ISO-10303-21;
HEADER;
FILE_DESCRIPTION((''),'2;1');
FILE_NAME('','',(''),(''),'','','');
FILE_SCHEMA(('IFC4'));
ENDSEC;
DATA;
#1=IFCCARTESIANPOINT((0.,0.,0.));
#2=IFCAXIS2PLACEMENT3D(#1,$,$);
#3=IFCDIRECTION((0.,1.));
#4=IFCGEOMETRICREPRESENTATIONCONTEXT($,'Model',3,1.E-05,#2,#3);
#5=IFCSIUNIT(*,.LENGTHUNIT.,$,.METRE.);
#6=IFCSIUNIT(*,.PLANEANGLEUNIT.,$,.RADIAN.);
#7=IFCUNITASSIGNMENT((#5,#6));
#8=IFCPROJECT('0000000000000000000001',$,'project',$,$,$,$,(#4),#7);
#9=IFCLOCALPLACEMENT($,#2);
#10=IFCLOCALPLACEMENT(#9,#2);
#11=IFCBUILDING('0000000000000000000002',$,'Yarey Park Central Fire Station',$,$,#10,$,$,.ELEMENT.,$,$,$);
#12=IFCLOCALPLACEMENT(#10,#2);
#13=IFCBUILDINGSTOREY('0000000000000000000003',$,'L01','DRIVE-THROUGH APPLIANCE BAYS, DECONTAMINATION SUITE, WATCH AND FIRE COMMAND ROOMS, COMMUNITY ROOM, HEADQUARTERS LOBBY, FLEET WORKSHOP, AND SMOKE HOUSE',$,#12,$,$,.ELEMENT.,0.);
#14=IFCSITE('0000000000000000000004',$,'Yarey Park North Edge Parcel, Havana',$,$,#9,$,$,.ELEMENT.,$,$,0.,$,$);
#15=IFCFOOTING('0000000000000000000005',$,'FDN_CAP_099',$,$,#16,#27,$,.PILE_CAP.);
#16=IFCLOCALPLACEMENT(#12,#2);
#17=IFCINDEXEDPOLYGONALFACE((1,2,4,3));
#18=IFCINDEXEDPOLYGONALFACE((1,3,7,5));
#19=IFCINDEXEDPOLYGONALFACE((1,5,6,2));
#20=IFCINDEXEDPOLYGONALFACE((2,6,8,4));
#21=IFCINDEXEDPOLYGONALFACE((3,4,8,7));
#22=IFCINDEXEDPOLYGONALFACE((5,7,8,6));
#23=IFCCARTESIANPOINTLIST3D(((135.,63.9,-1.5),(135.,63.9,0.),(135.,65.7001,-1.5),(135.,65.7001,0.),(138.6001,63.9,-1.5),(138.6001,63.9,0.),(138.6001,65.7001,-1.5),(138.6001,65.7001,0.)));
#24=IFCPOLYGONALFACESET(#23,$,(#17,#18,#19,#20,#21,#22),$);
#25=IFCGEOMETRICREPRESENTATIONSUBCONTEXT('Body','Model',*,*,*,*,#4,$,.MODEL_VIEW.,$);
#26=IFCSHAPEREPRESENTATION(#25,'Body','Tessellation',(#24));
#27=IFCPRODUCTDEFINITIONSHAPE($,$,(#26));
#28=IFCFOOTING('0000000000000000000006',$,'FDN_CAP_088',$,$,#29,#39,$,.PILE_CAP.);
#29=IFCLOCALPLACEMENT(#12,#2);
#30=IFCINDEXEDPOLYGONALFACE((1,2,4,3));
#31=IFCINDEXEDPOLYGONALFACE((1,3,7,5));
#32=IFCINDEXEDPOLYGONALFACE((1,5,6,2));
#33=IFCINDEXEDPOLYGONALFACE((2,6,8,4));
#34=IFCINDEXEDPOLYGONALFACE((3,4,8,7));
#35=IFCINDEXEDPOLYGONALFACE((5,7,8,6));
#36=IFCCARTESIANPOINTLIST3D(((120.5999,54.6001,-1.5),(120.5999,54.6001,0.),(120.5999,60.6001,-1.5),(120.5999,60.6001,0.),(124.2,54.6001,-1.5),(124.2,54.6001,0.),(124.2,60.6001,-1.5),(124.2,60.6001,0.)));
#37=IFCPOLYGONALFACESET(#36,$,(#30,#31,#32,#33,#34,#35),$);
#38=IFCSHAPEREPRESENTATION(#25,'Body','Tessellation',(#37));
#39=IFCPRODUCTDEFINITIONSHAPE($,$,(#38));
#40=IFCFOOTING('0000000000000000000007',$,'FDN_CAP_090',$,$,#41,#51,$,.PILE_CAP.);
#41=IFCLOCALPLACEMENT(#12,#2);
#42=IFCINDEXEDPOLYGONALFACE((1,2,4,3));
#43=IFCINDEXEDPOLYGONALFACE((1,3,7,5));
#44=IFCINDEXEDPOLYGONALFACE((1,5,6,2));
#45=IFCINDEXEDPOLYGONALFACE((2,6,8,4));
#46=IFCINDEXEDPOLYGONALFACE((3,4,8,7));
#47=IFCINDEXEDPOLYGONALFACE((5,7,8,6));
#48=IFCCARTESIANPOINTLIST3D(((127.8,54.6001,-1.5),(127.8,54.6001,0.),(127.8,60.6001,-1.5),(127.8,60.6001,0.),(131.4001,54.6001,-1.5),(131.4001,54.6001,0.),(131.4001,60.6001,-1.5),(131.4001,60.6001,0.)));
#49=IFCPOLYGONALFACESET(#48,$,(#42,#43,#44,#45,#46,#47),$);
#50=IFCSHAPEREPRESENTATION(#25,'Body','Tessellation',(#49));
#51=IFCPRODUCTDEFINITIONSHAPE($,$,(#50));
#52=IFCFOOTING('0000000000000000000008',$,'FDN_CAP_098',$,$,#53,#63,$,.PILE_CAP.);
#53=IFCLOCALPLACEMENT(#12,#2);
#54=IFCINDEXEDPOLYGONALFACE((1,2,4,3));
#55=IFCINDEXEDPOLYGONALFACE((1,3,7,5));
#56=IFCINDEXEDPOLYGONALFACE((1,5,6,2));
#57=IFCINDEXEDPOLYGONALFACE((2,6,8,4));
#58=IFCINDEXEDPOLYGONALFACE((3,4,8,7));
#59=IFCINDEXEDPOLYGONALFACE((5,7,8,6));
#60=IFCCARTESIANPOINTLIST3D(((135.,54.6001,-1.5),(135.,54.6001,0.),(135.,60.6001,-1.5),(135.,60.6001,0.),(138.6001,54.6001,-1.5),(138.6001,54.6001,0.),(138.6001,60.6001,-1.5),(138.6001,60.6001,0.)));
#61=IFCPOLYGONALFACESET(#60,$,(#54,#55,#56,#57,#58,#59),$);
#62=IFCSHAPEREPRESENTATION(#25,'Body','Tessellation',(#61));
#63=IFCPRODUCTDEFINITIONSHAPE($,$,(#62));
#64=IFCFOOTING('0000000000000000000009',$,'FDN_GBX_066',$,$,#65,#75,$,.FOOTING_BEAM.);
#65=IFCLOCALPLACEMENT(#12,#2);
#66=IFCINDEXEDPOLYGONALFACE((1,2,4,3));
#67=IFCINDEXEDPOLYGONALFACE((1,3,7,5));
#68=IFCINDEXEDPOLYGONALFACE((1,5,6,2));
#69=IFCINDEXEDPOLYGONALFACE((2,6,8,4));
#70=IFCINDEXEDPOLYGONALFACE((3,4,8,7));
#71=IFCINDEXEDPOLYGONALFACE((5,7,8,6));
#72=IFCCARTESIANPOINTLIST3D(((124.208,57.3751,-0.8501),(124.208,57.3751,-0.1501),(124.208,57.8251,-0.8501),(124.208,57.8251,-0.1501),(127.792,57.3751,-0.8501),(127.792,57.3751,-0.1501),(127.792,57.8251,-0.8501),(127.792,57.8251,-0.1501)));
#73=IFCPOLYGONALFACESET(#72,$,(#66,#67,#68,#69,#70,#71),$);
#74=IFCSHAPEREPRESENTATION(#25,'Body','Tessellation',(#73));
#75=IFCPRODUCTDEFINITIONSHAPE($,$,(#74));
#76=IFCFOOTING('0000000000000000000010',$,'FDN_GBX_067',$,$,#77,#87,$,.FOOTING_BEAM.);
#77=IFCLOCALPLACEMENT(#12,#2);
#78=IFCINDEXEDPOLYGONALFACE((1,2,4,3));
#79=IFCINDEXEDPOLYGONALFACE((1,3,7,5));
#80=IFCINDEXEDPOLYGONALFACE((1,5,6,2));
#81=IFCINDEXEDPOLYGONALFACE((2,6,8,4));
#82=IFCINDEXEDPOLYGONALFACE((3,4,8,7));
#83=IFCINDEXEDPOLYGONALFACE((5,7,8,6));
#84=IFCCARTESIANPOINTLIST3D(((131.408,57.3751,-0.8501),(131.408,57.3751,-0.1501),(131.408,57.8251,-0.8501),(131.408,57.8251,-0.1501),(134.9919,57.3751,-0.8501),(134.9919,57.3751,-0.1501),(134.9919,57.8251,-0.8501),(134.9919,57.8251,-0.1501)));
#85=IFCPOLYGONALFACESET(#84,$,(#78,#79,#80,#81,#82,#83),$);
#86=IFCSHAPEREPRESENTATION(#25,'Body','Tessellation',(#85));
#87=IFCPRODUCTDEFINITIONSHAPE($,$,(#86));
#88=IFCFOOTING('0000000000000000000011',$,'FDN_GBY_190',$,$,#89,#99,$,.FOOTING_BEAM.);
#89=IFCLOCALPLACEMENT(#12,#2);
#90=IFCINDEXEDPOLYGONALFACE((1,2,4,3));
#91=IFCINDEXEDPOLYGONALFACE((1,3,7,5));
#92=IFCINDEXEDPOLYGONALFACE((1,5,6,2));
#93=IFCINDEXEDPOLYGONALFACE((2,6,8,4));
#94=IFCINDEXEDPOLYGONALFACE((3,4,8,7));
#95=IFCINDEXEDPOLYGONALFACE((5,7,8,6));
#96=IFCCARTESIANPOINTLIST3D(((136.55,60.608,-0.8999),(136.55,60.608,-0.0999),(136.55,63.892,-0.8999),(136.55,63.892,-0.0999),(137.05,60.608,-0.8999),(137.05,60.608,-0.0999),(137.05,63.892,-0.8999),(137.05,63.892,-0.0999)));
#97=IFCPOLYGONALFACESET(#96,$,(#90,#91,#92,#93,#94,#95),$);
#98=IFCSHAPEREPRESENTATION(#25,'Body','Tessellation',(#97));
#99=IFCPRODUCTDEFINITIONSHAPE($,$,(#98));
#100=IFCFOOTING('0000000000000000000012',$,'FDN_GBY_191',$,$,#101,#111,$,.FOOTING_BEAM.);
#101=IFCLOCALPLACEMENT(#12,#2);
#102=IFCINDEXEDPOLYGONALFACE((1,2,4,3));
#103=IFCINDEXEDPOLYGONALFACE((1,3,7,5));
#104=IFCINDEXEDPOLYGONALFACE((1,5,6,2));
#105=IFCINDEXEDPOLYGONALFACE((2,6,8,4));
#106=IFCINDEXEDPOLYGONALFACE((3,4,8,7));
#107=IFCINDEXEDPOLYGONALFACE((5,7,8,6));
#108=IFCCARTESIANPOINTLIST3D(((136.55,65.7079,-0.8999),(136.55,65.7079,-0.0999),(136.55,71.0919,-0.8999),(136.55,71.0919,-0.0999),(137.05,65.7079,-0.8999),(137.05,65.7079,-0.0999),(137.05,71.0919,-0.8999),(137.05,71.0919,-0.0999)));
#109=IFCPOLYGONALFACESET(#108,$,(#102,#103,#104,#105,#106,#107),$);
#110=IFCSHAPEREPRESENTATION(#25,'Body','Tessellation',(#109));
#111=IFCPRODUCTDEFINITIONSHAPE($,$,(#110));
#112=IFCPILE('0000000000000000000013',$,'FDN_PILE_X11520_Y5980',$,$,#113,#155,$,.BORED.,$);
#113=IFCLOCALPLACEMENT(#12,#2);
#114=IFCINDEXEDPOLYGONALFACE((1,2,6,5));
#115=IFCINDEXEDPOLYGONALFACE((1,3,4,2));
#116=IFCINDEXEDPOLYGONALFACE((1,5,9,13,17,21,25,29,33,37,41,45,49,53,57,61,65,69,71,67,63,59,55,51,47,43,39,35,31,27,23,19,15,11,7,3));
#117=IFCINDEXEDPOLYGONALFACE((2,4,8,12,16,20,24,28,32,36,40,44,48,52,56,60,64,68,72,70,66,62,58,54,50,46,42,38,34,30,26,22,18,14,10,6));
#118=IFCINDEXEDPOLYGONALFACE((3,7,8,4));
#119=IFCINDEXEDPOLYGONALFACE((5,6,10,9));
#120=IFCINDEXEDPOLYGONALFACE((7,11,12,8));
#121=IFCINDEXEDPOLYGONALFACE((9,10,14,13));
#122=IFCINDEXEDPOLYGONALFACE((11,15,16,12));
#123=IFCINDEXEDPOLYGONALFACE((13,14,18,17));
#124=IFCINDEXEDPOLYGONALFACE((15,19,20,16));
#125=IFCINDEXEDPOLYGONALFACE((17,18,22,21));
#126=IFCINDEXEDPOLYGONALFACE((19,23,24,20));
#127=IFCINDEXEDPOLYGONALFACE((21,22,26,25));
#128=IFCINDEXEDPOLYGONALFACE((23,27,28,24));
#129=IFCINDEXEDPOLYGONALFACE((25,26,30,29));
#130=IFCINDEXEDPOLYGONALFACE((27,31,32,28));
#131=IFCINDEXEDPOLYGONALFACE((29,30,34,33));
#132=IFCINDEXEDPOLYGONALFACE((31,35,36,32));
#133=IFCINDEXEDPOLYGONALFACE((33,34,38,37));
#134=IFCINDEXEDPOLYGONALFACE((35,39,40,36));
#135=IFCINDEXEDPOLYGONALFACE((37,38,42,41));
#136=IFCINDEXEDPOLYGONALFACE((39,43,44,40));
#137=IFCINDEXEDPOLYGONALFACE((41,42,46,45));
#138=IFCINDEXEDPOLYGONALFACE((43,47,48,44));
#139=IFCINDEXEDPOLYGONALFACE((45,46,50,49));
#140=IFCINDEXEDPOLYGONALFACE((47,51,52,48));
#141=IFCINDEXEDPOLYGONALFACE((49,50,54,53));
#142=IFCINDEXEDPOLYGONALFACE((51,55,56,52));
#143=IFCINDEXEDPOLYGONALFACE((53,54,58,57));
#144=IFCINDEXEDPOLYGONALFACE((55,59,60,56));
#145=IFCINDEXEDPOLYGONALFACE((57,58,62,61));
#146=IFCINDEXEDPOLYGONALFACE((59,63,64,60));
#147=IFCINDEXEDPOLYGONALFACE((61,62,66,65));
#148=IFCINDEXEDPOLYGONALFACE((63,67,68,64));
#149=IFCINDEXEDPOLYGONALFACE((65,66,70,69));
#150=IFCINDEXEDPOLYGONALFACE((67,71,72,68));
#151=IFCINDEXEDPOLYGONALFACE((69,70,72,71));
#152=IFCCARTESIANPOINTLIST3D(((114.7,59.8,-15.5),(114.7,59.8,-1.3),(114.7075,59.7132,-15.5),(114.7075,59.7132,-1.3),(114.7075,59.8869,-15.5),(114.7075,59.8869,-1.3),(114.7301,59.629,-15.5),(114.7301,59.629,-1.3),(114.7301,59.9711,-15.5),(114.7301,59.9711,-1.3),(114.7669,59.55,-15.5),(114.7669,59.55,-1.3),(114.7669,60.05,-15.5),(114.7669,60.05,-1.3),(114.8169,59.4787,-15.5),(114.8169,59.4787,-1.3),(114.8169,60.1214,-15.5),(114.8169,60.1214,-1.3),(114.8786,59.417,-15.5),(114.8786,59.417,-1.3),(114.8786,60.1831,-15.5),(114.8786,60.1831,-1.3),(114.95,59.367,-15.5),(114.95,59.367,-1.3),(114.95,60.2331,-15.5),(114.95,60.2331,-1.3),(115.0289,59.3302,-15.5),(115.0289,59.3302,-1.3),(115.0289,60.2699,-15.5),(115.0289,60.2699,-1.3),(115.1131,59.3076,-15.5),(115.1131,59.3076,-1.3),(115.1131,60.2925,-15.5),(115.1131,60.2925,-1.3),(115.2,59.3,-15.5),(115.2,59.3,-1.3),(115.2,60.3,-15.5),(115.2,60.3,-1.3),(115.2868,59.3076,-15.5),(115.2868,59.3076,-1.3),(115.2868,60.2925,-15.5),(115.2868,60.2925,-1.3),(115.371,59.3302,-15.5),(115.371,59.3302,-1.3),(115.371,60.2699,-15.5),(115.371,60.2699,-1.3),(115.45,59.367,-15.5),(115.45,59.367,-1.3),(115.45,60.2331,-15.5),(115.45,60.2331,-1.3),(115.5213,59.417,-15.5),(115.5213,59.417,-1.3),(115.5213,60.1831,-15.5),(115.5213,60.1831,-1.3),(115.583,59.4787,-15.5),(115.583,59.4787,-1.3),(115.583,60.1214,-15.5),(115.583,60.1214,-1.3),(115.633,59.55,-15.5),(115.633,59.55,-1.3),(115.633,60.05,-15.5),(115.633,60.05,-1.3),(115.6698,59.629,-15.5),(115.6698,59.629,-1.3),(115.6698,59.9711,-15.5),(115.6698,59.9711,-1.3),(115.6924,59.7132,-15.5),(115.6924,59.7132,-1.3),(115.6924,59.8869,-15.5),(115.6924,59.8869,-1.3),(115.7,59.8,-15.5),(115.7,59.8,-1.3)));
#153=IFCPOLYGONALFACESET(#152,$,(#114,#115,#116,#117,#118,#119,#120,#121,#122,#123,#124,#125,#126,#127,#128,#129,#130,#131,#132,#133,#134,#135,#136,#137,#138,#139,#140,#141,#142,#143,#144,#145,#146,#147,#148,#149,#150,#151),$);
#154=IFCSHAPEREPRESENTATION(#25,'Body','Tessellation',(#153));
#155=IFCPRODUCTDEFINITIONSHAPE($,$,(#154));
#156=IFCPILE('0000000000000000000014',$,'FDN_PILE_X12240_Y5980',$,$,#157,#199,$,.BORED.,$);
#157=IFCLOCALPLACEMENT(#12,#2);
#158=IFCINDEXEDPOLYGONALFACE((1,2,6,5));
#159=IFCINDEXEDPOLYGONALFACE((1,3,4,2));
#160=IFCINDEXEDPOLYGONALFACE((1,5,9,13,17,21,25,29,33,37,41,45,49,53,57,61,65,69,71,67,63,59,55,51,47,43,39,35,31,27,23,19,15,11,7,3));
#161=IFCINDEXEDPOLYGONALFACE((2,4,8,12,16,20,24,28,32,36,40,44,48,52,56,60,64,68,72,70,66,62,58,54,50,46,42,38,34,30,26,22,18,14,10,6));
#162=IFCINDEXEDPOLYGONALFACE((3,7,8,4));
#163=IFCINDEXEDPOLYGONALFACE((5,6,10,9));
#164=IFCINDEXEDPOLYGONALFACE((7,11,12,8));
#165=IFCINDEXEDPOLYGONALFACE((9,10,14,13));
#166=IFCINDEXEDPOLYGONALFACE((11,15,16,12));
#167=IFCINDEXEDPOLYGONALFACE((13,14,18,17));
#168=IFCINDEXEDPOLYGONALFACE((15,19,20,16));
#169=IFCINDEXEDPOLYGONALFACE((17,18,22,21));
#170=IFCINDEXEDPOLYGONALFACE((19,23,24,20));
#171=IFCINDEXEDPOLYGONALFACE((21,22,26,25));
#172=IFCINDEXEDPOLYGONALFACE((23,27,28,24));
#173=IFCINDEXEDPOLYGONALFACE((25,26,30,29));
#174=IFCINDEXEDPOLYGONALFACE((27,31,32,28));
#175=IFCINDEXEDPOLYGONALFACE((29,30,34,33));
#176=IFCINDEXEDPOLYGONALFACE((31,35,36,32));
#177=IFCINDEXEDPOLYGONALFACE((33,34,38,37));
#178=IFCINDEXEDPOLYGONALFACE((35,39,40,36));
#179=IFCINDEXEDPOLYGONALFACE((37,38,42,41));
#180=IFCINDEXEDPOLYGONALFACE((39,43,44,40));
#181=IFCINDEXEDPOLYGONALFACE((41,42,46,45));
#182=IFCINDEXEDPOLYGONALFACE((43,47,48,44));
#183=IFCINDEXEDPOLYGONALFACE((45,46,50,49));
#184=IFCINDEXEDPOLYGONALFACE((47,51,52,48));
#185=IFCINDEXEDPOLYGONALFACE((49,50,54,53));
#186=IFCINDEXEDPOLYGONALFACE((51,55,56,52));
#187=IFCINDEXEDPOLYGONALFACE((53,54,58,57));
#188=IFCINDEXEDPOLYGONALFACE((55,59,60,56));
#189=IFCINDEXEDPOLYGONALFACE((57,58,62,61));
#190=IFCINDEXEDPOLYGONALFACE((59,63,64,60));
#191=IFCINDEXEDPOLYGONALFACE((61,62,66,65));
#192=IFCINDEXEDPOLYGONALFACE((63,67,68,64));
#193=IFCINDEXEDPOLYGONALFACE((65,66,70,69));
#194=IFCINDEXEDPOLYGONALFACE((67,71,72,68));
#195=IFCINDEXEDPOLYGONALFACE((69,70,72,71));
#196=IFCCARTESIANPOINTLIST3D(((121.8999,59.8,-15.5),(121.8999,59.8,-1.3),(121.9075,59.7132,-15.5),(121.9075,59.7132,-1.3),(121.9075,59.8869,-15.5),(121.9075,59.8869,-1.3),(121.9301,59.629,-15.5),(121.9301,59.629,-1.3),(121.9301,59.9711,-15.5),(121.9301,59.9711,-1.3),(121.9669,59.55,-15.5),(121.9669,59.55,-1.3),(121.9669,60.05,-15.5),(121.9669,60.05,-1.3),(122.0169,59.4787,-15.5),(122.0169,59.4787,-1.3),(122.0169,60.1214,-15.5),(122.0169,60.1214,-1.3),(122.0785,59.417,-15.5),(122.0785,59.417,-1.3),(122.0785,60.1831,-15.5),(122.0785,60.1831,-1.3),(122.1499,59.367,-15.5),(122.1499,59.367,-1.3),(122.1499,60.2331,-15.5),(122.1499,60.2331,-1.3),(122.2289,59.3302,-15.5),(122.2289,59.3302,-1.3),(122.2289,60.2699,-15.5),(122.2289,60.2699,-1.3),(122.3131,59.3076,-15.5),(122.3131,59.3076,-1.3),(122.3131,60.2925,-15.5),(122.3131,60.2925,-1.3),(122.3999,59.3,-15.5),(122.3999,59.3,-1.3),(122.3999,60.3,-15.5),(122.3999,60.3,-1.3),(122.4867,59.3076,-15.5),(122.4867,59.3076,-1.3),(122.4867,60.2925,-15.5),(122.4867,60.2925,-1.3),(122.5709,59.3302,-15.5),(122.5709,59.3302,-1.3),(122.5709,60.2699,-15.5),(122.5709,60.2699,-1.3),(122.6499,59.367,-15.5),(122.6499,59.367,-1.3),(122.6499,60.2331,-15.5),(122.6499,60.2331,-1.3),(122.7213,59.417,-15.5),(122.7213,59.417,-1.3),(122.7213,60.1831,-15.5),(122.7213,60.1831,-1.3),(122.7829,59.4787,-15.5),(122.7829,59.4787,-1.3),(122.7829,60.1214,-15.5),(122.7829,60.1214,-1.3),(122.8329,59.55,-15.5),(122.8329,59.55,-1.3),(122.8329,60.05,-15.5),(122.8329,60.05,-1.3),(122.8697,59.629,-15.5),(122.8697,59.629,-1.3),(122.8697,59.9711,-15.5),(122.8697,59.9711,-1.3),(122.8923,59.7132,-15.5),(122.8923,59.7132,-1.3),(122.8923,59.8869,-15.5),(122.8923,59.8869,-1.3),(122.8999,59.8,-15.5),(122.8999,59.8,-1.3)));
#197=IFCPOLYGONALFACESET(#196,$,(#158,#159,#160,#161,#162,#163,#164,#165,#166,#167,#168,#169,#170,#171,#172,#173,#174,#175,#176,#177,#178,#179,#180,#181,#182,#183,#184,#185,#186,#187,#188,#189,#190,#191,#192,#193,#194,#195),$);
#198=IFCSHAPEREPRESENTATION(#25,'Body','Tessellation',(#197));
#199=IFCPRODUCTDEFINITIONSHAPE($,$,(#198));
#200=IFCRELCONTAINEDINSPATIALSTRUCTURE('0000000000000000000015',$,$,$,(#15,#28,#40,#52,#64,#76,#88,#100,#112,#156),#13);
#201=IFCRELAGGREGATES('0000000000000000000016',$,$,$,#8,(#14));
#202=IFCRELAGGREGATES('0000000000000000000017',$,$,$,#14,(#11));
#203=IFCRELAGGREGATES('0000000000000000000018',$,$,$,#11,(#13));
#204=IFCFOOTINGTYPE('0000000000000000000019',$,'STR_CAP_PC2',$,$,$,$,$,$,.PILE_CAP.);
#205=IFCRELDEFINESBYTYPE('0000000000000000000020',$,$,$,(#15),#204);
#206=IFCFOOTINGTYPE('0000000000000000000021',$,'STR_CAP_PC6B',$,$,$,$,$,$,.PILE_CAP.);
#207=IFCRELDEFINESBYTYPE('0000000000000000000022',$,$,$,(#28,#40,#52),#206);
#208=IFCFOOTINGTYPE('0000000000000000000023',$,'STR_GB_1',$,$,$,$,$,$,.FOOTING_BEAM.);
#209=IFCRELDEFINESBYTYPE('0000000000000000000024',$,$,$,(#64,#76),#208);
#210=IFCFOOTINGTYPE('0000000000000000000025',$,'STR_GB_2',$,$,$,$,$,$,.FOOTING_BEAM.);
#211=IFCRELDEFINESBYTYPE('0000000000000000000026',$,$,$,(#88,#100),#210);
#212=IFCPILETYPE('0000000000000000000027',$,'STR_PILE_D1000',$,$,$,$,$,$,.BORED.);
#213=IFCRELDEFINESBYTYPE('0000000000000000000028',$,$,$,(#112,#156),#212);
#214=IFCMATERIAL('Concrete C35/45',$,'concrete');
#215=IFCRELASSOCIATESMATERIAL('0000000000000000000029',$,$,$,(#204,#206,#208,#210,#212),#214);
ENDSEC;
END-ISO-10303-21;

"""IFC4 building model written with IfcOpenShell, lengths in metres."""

from ifc_helpers import new_model, si_unit, direction, frame, origin, origin_2d, place, context, subcontext, project, spatial, rectangle, circle, extrude, material, material_profile, profile_set, type_object, element, save


model = new_model("IFC4")

# Units and contexts
model_context = context("Model", 3, precision=1e-05, world=origin(), true_north=direction((0.0, 1.0)))
body_context = subcontext(model_context, "Body", "Model", "MODEL_VIEW")
ifc_project = project(units=[si_unit("LENGTHUNIT", "METRE"), si_unit("PLANEANGLEUNIT", "RADIAN")], contexts=[model_context])

# Site, building, storey
site_placement = place(None, origin())
site = spatial("IfcSite", under=ifc_project, at=site_placement, Name="Yarey Park North Edge Parcel, Havana", CompositionType="ELEMENT", RefElevation=0.0)
building_placement = place(site_placement, origin())
building = spatial("IfcBuilding", under=site, at=building_placement, Name="Yarey Park Central Fire Station", CompositionType="ELEMENT")
storey_placement = place(building_placement, origin())
storey = spatial("IfcBuildingStorey", under=building, at=storey_placement, Name="L01", Description="DRIVE-THROUGH APPLIANCE BAYS, DECONTAMINATION SUITE, WATCH AND FIRE COMMAND ROOMS, COMMUNITY ROOM, HEADQUARTERS LOBBY, FLEET WORKSHOP, AND SMOKE HOUSE", CompositionType="ELEMENT", Elevation=0.0)

# Footings
ifc_material_1 = material(Name="Concrete C35/45", Category="concrete")
footing_type_1 = type_object("IfcFootingType", Name="STR_CAP_PC2", PredefinedType="PILE_CAP", material=ifc_material_1)
footing_1_placement = place(storey_placement, frame((136.8, 64.8, -1.5), z_axis=(0.0, 0.0, 1.0), x_axis=(1.0, 0.0, 0.0)))
element("IfcFooting", 1, at=footing_1_placement, inside=storey, type_object=footing_type_1, Name="FDN_CAP_099", PredefinedType="PILE_CAP", context=body_context, shape_type="SweptSolid", body=[
    extrude(rectangle(XDim=3.6001, YDim=1.8, at=origin_2d()), origin(), (0.0, 0.0, 1.0), 1.5),
])
footing_type_2 = type_object("IfcFootingType", Name="STR_CAP_PC6B", PredefinedType="PILE_CAP", material=ifc_material_1)
for number, where, z_axis, x_axis, name in (
    (2, (122.3999, 57.6001, -1.5), (0.0, 0.0, 1.0), (1.0, 0.0, 0.0), "FDN_CAP_088"),
    (3, (129.6001, 57.6001, -1.5), (0.0, 0.0, 1.0), (1.0, 0.0, 0.0), "FDN_CAP_090"),
    (4, (136.8, 57.6001, -1.5), (0.0, 0.0, 1.0), (1.0, 0.0, 0.0), "FDN_CAP_098"),
):
    element("IfcFooting", number, at=place(storey_placement, frame(where, z_axis=z_axis, x_axis=x_axis)), inside=storey, type_object=footing_type_2, Name=name, PredefinedType="PILE_CAP", context=body_context, shape_type="SweptSolid", body=[
        extrude(rectangle(XDim=3.6001, YDim=6.0, at=origin_2d()), origin(), (0.0, 0.0, 1.0), 1.5),
    ])
footing_type_3 = type_object("IfcFootingType", Name="STR_GB_1", PredefinedType="FOOTING_BEAM", material=ifc_material_1)
for number, where, z_axis, x_axis, name in (
    (5, (126.0, 57.6001, -0.8501), (0.0, 0.0, 1.0), (1.0, 0.0, 0.0), "FDN_GBX_066"),
    (6, (133.2, 57.6001, -0.8501), (0.0, 0.0, 1.0), (1.0, 0.0, 0.0), "FDN_GBX_067"),
):
    element("IfcFooting", number, at=place(storey_placement, frame(where, z_axis=z_axis, x_axis=x_axis)), inside=storey, type_object=footing_type_3, Name=name, PredefinedType="FOOTING_BEAM", context=body_context, shape_type="SweptSolid", body=[
        extrude(rectangle(XDim=3.584, YDim=0.45, at=origin_2d()), origin(), (0.0, 0.0, 1.0), 0.7),
    ])
footing_type_4 = type_object("IfcFootingType", Name="STR_GB_2", PredefinedType="FOOTING_BEAM", material=ifc_material_1)
footing_2_placement = place(storey_placement, frame((136.8, 62.25, -0.8999), z_axis=(0.0, 0.0, 1.0), x_axis=(1.0, 0.0, 0.0)))
element("IfcFooting", 7, at=footing_2_placement, inside=storey, type_object=footing_type_4, Name="FDN_GBY_190", PredefinedType="FOOTING_BEAM", context=body_context, shape_type="SweptSolid", body=[
    extrude(rectangle(XDim=0.5, YDim=3.2839, at=origin_2d()), origin(), (0.0, 0.0, 1.0), 0.8),
])
footing_3_placement = place(storey_placement, frame((136.8, 68.3999, -0.8999), z_axis=(0.0, 0.0, 1.0), x_axis=(1.0, 0.0, 0.0)))
element("IfcFooting", 8, at=footing_3_placement, inside=storey, type_object=footing_type_4, Name="FDN_GBY_191", PredefinedType="FOOTING_BEAM", context=body_context, shape_type="SweptSolid", body=[
    extrude(rectangle(XDim=0.5, YDim=5.384, at=origin_2d()), origin(), (0.0, 0.0, 1.0), 0.8),
])

# Piles
ifc_material_profile_1 = material_profile(ifc_material_1, circle(Radius=0.5, at=origin_2d()), Name="BORED PILE D1000")
ifc_profile_set_1 = profile_set([ifc_material_profile_1], Name="Concrete C35/45")
pile_type_1 = type_object("IfcPileType", Name="STR_PILE_D1000", PredefinedType="BORED", material=ifc_profile_set_1)
for number, where, z_axis, x_axis, name in (
    (9, (115.2, 59.8, -1.3), (0.0, 0.0, -1.0), (1.0, 0.0, 0.0), "FDN_PILE_X11520_Y5980"),
    (10, (122.3999, 59.8, -1.3), (0.0, 0.0, -1.0), (1.0, 0.0, 0.0), "FDN_PILE_X12240_Y5980"),
):
    element("IfcPile", number, at=place(storey_placement, frame(where, z_axis=z_axis, x_axis=x_axis)), inside=storey, type_object=pile_type_1, Name=name, PredefinedType="BORED", context=body_context, shape_type="SweptSolid", body=[
        extrude(circle(Radius=0.5, at=origin_2d()), origin(), (0.0, 0.0, 1.0), 14.2),
    ])

save(model, "model.ifc")
